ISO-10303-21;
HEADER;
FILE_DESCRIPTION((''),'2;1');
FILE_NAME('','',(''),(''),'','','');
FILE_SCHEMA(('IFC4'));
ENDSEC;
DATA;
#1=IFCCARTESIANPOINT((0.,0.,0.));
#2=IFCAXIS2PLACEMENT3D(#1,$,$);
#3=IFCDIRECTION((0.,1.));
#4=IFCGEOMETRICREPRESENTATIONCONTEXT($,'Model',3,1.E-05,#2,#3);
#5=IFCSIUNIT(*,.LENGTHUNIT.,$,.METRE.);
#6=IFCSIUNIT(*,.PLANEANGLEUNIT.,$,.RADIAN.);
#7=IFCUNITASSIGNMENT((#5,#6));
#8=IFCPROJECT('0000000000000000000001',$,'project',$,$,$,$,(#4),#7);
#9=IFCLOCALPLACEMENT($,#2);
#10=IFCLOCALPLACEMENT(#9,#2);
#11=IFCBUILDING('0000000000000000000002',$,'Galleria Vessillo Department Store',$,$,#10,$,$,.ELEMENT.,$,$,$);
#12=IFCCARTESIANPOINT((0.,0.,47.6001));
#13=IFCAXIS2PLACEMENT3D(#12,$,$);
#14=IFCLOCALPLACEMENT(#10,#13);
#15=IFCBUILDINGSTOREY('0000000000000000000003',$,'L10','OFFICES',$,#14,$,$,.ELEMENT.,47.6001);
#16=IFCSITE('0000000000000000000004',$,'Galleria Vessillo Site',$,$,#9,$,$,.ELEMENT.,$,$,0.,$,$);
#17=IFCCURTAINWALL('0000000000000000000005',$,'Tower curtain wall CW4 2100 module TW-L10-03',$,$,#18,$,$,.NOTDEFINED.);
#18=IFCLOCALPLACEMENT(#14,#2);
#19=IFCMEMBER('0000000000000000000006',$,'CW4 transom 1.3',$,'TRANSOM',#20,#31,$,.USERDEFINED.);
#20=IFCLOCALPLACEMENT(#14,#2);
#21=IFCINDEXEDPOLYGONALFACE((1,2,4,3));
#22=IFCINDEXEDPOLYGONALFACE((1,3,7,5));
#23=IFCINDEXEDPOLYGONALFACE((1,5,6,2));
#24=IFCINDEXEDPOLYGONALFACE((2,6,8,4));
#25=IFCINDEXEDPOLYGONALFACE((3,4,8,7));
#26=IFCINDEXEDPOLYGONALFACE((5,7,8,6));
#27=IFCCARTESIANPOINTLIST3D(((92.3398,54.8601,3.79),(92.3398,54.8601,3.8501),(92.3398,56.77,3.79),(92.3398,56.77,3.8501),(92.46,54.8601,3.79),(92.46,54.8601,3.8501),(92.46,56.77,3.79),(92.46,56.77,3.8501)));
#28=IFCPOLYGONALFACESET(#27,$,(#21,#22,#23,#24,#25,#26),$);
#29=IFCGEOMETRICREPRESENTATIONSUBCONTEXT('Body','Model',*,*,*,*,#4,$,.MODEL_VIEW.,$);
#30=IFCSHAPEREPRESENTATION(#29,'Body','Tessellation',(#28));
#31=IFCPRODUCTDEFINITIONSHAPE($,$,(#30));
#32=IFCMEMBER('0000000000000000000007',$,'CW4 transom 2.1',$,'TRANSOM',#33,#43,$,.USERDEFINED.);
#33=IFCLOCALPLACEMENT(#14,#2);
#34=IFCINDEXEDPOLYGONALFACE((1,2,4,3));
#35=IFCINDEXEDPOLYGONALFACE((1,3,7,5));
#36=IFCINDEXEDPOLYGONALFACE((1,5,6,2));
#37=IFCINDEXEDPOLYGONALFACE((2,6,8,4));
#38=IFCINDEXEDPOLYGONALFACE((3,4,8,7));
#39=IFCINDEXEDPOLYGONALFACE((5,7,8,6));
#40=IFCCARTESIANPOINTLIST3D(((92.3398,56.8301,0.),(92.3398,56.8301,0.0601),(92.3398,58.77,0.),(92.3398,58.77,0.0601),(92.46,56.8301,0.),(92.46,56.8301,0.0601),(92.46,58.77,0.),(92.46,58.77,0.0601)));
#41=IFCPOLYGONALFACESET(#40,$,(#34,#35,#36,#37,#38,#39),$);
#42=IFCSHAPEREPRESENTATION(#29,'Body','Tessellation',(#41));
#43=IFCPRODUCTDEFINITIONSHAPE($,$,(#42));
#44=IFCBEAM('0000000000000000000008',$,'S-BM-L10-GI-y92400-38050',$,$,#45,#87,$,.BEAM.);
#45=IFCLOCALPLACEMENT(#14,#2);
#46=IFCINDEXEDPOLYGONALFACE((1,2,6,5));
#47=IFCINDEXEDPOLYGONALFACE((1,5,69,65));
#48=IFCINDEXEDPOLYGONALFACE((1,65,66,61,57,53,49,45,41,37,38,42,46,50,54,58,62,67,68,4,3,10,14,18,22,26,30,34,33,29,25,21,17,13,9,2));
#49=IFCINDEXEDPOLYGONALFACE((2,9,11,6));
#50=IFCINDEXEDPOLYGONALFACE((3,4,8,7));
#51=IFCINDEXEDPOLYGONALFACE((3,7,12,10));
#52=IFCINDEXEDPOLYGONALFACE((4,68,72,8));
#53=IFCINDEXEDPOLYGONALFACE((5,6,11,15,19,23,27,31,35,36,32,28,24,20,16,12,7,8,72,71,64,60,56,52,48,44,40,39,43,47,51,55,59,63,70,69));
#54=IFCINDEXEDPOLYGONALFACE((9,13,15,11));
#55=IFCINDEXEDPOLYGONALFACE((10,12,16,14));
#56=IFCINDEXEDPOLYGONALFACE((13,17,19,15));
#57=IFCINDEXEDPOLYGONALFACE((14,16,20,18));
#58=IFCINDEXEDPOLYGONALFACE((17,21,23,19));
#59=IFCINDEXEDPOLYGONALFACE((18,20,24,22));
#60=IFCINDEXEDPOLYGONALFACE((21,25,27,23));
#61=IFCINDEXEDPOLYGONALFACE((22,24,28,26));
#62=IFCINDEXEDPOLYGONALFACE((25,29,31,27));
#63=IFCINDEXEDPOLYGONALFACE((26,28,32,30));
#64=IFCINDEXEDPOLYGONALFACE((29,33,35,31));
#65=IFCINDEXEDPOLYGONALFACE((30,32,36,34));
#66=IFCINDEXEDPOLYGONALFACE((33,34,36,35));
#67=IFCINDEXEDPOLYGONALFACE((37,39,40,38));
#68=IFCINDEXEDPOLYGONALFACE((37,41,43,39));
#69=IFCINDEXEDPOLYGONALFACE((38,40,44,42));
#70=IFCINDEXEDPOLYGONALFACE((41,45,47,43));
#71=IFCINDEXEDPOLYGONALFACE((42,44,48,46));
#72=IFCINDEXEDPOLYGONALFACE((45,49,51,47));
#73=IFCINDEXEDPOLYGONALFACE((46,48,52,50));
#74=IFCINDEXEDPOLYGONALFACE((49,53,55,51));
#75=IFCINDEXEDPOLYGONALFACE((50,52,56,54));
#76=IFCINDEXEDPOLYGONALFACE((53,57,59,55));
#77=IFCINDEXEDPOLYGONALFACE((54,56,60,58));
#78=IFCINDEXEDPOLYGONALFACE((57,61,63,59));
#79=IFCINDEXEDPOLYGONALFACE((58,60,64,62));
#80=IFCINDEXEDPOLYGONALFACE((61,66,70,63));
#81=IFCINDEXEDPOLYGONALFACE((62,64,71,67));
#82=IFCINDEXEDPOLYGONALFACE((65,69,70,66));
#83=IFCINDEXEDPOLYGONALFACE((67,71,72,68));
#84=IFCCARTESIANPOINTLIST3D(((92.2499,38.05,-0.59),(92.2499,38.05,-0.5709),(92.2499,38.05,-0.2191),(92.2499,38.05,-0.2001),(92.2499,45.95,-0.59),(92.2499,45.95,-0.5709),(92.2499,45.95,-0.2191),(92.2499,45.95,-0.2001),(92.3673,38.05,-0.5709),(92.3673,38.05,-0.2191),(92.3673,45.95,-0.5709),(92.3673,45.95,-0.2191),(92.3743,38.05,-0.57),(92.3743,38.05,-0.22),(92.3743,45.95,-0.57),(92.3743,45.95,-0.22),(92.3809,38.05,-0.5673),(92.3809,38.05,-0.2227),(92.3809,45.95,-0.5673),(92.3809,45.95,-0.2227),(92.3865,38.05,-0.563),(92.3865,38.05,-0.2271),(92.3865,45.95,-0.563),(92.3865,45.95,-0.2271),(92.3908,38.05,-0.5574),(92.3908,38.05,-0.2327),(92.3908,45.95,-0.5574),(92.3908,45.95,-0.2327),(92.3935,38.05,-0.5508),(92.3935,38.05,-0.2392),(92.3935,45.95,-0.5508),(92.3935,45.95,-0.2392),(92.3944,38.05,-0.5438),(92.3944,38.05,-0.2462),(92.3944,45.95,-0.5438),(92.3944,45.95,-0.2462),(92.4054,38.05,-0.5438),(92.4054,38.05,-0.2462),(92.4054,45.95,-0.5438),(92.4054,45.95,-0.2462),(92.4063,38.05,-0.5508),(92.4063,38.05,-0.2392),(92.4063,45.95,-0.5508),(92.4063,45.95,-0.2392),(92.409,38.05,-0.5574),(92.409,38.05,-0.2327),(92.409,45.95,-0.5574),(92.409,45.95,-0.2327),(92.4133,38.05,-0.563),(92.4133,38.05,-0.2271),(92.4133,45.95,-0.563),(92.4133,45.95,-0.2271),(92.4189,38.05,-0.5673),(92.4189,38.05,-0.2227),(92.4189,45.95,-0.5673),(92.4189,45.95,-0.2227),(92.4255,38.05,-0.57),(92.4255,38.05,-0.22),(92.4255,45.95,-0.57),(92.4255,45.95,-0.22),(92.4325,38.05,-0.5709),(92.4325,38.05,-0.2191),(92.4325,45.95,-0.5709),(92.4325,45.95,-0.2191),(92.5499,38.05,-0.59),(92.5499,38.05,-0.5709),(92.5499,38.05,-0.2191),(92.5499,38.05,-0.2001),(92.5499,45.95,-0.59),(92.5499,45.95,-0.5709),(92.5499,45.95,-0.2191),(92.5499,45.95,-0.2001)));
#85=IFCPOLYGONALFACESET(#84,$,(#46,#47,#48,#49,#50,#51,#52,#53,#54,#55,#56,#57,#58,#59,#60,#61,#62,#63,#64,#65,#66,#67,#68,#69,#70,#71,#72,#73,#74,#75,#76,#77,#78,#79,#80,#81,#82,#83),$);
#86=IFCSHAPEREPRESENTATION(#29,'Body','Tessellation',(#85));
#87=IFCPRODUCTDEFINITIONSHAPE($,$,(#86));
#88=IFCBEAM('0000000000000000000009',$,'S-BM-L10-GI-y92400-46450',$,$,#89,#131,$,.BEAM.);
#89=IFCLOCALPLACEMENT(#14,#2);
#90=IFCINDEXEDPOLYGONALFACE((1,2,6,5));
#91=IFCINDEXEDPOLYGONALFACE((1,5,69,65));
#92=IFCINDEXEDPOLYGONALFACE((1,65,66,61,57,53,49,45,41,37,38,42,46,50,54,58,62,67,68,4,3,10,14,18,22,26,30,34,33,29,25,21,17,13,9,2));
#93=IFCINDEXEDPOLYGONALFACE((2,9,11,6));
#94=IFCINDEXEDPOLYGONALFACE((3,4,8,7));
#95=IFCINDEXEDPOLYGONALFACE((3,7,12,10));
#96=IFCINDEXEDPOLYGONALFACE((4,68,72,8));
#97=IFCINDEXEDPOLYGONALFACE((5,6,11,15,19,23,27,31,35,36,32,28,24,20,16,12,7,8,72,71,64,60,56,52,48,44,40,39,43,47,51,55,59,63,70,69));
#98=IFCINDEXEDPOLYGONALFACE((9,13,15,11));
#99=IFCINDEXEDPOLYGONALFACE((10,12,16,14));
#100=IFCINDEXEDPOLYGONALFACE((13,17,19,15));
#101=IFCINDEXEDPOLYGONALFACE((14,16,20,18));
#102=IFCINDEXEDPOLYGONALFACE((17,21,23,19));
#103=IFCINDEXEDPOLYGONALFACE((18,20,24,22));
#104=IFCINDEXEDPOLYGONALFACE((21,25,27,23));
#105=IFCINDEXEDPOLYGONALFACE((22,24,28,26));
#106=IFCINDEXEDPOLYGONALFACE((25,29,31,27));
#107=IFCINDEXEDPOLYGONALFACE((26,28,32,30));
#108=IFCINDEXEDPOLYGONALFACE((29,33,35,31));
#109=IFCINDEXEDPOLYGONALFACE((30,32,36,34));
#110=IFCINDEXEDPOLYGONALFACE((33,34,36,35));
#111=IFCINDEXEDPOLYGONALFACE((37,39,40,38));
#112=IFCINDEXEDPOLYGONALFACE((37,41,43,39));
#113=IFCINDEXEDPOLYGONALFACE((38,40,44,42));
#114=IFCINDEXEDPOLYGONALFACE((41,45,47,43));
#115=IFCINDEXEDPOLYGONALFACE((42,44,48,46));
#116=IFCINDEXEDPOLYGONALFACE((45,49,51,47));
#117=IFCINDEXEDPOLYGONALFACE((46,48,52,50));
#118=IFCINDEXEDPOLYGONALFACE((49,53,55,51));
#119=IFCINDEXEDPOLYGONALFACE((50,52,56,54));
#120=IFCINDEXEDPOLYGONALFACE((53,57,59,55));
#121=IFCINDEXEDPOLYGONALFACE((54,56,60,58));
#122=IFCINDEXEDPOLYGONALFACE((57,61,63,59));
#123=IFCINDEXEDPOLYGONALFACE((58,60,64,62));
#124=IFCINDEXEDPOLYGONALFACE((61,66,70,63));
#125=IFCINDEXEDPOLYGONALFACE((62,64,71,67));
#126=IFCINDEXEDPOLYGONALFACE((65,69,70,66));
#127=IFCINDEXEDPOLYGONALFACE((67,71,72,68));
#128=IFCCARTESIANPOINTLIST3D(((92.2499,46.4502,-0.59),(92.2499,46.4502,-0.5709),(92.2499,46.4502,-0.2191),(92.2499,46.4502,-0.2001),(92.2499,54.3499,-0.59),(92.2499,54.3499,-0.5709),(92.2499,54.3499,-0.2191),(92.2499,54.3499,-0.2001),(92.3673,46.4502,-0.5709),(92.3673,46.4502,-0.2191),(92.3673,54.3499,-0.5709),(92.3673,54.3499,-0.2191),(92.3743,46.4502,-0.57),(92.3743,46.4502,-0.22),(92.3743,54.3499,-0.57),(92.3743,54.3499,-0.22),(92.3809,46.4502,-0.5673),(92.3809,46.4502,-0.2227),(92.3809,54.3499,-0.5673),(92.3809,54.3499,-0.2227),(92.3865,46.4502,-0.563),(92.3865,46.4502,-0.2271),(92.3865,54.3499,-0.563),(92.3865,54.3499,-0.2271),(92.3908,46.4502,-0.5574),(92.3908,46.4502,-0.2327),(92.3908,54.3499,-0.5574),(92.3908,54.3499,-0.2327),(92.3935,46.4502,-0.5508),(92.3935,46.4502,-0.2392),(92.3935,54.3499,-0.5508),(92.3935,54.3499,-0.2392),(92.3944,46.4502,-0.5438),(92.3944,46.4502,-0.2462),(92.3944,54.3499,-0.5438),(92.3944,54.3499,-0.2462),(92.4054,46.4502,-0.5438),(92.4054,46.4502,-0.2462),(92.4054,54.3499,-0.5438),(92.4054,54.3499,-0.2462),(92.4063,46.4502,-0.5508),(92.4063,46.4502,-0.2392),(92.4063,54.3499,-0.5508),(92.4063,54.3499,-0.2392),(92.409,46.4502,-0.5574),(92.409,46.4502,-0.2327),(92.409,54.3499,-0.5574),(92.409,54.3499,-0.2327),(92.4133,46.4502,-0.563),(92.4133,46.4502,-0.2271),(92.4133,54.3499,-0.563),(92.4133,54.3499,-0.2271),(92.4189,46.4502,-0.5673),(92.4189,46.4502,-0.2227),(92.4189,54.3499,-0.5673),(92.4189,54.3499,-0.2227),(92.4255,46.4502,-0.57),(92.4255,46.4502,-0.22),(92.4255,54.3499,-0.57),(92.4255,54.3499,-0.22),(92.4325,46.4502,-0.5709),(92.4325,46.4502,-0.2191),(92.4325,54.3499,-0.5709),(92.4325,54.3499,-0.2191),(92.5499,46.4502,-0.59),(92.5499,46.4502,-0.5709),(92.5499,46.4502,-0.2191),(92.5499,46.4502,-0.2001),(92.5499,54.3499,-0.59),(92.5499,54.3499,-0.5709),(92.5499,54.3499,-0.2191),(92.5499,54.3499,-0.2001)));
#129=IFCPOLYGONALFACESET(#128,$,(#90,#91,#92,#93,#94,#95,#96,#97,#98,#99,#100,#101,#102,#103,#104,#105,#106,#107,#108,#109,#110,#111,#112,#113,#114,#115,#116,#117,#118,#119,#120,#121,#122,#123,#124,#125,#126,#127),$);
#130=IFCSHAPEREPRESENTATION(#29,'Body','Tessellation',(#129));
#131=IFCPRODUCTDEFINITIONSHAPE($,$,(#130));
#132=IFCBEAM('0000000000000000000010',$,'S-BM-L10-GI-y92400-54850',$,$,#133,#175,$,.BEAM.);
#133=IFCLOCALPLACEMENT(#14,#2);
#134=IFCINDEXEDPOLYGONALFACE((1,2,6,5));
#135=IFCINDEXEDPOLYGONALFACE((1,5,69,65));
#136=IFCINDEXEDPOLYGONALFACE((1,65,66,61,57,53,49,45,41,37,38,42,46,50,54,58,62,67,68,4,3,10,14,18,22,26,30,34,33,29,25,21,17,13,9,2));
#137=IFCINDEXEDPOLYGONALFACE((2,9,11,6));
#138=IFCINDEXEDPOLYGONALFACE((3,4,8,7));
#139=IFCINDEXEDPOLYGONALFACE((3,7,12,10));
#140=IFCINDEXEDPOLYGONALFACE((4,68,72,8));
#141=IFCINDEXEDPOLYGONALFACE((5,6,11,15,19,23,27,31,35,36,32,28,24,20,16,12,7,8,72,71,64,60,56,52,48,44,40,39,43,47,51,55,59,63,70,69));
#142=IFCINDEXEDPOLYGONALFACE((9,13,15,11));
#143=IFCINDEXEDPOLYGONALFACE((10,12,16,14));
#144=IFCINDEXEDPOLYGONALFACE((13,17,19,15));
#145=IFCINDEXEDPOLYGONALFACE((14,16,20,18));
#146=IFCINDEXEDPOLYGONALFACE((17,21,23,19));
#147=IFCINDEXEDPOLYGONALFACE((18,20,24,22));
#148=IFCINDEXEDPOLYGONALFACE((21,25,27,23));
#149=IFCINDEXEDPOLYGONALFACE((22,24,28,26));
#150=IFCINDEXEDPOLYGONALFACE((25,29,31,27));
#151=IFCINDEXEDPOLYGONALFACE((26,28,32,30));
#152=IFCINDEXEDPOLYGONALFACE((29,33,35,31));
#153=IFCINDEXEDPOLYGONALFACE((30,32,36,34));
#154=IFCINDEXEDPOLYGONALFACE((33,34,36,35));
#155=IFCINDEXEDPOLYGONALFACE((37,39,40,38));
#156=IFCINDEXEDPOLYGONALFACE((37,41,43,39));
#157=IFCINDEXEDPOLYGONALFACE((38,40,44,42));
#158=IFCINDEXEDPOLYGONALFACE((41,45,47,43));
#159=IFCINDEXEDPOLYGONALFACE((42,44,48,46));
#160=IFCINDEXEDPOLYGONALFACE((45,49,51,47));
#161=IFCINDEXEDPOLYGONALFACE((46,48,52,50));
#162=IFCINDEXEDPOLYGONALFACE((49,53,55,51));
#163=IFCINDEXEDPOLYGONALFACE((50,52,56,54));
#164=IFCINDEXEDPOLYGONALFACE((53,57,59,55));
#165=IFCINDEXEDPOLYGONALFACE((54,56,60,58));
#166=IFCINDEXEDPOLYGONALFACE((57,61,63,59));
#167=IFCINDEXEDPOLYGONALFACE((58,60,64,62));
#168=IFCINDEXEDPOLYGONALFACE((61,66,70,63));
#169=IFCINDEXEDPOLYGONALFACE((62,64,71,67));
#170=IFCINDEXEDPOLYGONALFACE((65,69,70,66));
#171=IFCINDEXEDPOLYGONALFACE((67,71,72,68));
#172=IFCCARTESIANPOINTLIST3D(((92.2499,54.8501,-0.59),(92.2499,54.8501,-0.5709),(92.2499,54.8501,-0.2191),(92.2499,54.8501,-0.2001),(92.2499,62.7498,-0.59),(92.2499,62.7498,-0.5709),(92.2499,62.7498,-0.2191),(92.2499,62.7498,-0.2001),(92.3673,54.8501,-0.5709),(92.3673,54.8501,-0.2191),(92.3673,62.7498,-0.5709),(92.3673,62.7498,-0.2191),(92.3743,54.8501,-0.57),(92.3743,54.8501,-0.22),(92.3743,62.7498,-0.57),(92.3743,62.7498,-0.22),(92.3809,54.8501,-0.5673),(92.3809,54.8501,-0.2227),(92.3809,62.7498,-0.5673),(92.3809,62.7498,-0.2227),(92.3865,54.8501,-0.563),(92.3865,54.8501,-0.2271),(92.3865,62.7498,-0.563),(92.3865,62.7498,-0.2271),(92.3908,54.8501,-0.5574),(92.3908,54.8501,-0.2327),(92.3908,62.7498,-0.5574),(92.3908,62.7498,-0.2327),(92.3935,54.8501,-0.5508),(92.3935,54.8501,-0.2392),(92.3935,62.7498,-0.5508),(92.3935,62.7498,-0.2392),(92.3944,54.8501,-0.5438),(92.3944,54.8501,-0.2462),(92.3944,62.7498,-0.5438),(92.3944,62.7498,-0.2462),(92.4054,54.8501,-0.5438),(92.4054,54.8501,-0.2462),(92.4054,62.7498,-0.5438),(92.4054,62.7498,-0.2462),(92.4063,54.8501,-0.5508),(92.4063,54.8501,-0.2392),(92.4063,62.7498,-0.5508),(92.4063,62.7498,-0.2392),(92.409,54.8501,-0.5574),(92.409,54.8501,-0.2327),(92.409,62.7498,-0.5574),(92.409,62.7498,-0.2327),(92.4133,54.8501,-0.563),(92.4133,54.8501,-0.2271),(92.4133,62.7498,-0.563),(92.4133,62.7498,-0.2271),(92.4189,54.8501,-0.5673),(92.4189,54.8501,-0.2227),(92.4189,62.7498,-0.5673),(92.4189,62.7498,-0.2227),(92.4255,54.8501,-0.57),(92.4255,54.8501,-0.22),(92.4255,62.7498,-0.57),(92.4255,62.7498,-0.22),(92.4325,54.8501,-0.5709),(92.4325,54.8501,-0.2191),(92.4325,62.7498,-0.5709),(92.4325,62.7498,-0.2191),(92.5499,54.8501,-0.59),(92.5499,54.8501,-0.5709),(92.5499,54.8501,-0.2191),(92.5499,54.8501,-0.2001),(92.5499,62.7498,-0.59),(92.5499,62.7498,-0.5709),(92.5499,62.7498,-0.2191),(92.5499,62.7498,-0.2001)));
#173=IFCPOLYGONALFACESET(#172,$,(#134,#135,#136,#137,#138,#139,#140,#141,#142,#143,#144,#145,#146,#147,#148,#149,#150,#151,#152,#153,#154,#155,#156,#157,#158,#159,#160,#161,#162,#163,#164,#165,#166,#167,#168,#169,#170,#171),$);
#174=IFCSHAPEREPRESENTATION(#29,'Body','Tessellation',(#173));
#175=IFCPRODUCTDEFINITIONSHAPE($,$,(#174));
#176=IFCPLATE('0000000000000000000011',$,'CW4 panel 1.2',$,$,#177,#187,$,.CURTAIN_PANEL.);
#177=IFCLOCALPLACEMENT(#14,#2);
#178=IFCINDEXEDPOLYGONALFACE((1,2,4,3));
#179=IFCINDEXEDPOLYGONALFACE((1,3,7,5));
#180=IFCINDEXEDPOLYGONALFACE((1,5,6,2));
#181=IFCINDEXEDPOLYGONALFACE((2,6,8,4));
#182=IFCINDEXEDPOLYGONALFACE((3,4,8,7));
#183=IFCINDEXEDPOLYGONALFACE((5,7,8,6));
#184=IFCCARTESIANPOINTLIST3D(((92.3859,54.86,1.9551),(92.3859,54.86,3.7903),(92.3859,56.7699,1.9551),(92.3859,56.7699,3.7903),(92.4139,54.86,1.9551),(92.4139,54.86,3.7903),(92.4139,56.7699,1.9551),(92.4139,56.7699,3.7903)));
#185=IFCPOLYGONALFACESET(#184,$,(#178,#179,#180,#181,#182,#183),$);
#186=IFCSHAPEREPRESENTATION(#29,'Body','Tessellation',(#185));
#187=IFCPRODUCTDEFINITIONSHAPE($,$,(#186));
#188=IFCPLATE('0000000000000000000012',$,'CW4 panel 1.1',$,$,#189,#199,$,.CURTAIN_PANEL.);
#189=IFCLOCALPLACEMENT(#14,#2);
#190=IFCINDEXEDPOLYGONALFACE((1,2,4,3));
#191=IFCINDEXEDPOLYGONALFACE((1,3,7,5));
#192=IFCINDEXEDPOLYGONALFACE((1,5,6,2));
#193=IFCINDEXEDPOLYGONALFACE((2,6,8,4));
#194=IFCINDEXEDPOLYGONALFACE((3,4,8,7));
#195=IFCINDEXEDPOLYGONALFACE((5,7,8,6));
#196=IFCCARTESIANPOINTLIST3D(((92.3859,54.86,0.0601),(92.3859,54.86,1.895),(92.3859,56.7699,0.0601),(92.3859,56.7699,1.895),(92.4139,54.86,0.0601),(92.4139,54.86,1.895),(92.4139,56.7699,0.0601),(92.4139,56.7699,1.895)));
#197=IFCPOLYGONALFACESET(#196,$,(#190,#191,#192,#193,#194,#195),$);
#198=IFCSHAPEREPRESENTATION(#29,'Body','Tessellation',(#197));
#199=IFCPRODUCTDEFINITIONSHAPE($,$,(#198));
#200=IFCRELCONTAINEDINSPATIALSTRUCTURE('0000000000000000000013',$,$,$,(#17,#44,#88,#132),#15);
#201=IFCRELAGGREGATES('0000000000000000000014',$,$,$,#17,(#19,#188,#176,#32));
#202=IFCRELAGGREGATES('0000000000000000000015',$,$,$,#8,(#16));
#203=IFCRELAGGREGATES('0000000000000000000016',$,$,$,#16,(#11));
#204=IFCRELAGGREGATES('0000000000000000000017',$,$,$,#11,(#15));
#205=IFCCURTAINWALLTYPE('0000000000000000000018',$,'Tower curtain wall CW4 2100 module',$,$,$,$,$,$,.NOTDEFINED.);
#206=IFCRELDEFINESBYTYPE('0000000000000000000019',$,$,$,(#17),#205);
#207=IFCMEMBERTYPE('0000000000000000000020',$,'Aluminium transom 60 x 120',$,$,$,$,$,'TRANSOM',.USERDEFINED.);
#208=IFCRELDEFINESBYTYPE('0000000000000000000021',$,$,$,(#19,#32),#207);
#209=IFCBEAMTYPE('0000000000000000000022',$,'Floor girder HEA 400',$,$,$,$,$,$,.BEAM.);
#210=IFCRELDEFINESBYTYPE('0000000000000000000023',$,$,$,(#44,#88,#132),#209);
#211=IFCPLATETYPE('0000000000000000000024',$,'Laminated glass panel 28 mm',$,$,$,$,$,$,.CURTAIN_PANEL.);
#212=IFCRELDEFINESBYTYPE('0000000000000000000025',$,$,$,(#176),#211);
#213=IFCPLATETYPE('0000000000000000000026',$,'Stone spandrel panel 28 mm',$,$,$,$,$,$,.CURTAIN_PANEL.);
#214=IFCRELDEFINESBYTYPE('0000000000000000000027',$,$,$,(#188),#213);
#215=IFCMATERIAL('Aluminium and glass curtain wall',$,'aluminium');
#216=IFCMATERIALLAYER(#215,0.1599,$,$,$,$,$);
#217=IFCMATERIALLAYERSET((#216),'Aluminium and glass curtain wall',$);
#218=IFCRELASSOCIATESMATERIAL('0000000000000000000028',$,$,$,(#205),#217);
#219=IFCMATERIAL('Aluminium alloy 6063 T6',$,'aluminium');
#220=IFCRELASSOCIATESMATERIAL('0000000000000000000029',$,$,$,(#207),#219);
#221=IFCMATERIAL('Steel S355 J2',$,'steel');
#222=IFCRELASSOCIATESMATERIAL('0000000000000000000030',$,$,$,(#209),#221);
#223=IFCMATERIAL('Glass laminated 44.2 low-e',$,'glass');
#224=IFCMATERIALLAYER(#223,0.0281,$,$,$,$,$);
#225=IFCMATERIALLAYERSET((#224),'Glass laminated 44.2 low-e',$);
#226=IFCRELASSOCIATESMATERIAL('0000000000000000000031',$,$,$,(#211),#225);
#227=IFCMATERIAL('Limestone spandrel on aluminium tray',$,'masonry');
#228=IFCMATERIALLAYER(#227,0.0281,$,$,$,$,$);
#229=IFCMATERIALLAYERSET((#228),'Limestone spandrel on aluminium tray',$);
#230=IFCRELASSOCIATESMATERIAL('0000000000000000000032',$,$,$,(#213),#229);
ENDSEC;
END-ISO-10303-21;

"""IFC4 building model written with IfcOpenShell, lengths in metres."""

from ifc_helpers import new_model, si_unit, direction, frame, origin, origin_2d, place, context, subcontext, project, spatial, rectangle, i_section, extrude, material, layer, layer_set, material_profile, profile_set, type_object, element, aggregate, save


model = new_model("IFC4")

# Units and contexts
model_context = context("Model", 3, precision=1e-05, world=origin(), true_north=direction((0.0, 1.0)))
body_context = subcontext(model_context, "Body", "Model", "MODEL_VIEW")
ifc_project = project(units=[si_unit("LENGTHUNIT", "METRE"), si_unit("PLANEANGLEUNIT", "RADIAN")], contexts=[model_context])

# Site, building, storey
site_placement = place(None, origin())
site = spatial("IfcSite", under=ifc_project, at=site_placement, Name="Galleria Vessillo Site", CompositionType="ELEMENT", RefElevation=0.0)
building_placement = place(site_placement, origin())
building = spatial("IfcBuilding", under=site, at=building_placement, Name="Galleria Vessillo Department Store", CompositionType="ELEMENT")
storey_placement = place(building_placement, frame((0.0, 0.0, 47.6001)))
storey = spatial("IfcBuildingStorey", under=building, at=storey_placement, Name="L10", Description="OFFICES", CompositionType="ELEMENT", Elevation=47.6001)

# Curtain wall, members
ifc_material_1 = material(Name="Aluminium and glass curtain wall", Category="aluminium")
ifc_layer_1 = layer(ifc_material_1, 0.1599)
ifc_layer_set_1 = layer_set([ifc_layer_1], Name="Aluminium and glass curtain wall")
curtain_wall_type = type_object("IfcCurtainWallType", Name="Tower curtain wall CW4 2100 module", PredefinedType="NOTDEFINED", material=ifc_layer_set_1)
curtain_wall_placement = place(storey_placement, origin())
curtain_wall = element("IfcCurtainWall", 1, at=curtain_wall_placement, inside=storey, type_object=curtain_wall_type, Name="Tower curtain wall CW4 2100 module TW-L10-03", PredefinedType="NOTDEFINED")
ifc_material_2 = material(Name="Aluminium alloy 6063 T6", Category="aluminium")
ifc_material_profile_1 = material_profile(ifc_material_2, rectangle(XDim=0.1201, YDim=0.0601, at=origin_2d()), Name="AL 60x120")
ifc_profile_set_1 = profile_set([ifc_material_profile_1], Name="Aluminium alloy 6063 T6")
member_type_1 = type_object("IfcMemberType", Name="Aluminium transom 60 x 120", ElementType="TRANSOM", PredefinedType="USERDEFINED", material=ifc_profile_set_1)
member_1_placement = place(storey_placement, frame((92.3999, 54.8601, 3.8201), z_axis=(0.0, 1.0, 0.0), x_axis=(-1.0, 0.0, 0.0)))
member_1 = element("IfcMember", 2, at=member_1_placement, type_object=member_type_1, Name="CW4 transom 1.3", ObjectType="TRANSOM", PredefinedType="USERDEFINED", context=body_context, shape_type="SweptSolid", body=[
    extrude(rectangle(XDim=0.1201, YDim=0.0601, at=origin_2d()), origin(), (0.0, 0.0, 1.0), 1.9099),
])
member_2_placement = place(storey_placement, frame((92.3999, 56.8301, 0.03), z_axis=(0.0, 1.0, 0.0), x_axis=(-1.0, 0.0, 0.0)))
member_2 = element("IfcMember", 3, at=member_2_placement, type_object=member_type_1, Name="CW4 transom 2.1", ObjectType="TRANSOM", PredefinedType="USERDEFINED", context=body_context, shape_type="SweptSolid", body=[
    extrude(rectangle(XDim=0.1201, YDim=0.0601, at=origin_2d()), origin(), (0.0, 0.0, 1.0), 1.9399),
])

# Beams
ifc_material_3 = material(Name="Steel S355 J2", Category="steel")
ifc_material_profile_2 = material_profile(ifc_material_3, i_section(OverallWidth=0.3, OverallDepth=0.3899, WebThickness=0.011, FlangeThickness=0.019, FilletRadius=0.0271, at=origin_2d()), Name="HEA 400")
ifc_profile_set_2 = profile_set([ifc_material_profile_2], Name="Steel S355 J2")
beam_type = type_object("IfcBeamType", Name="Floor girder HEA 400", PredefinedType="BEAM", material=ifc_profile_set_2)
beam_placement = place(storey_placement, frame((92.3999, 38.05, -0.395), z_axis=(0.0, 1.0, 0.0), x_axis=(-1.0, 0.0, 0.0)))
element("IfcBeam", 4, at=beam_placement, inside=storey, type_object=beam_type, Name="S-BM-L10-GI-y92400-38050", PredefinedType="BEAM", context=body_context, shape_type="SweptSolid", body=[
    extrude(i_section(OverallWidth=0.3, OverallDepth=0.3899, WebThickness=0.011, FlangeThickness=0.019, FilletRadius=0.0271, at=origin_2d()), origin(), (0.0, 0.0, 1.0), 7.8999),
])
for number, where, z_axis, x_axis, name in (
    (5, (92.3999, 46.4502, -0.395), (0.0, 1.0, 0.0), (-1.0, 0.0, 0.0), "S-BM-L10-GI-y92400-46450"),
    (6, (92.3999, 54.8501, -0.395), (0.0, 1.0, 0.0), (-1.0, 0.0, 0.0), "S-BM-L10-GI-y92400-54850"),
):
    element("IfcBeam", number, at=place(storey_placement, frame(where, z_axis=z_axis, x_axis=x_axis)), inside=storey, type_object=beam_type, Name=name, PredefinedType="BEAM", context=body_context, shape_type="SweptSolid", body=[
        extrude(i_section(OverallWidth=0.3, OverallDepth=0.3899, WebThickness=0.011, FlangeThickness=0.019, FilletRadius=0.0271, at=origin_2d()), origin(), (0.0, 0.0, 1.0), 7.8997),
    ])

# Plates
ifc_material_4 = material(Name="Glass laminated 44.2 low-e", Category="glass")
ifc_layer_2 = layer(ifc_material_4, 0.0281)
ifc_layer_set_2 = layer_set([ifc_layer_2], Name="Glass laminated 44.2 low-e")
plate_type_1 = type_object("IfcPlateType", Name="Laminated glass panel 28 mm", PredefinedType="CURTAIN_PANEL", material=ifc_layer_set_2)
plate_1_placement = place(storey_placement, frame((92.3999, 55.8149, 1.9551), z_axis=(0.0, 0.0, 1.0), x_axis=(0.0, 1.0, 0.0)))
plate_1 = element("IfcPlate", 7, at=plate_1_placement, type_object=plate_type_1, Name="CW4 panel 1.2", PredefinedType="CURTAIN_PANEL", context=body_context, shape_type="SweptSolid", body=[
    extrude(rectangle(XDim=1.9099, YDim=0.0281, at=origin_2d()), origin(), (0.0, 0.0, 1.0), 1.8352),
])
ifc_material_5 = material(Name="Limestone spandrel on aluminium tray", Category="masonry")
ifc_layer_3 = layer(ifc_material_5, 0.0281)
ifc_layer_set_3 = layer_set([ifc_layer_3], Name="Limestone spandrel on aluminium tray")
plate_type_2 = type_object("IfcPlateType", Name="Stone spandrel panel 28 mm", PredefinedType="CURTAIN_PANEL", material=ifc_layer_set_3)
plate_2_placement = place(storey_placement, frame((92.3999, 55.8149, 0.0601), z_axis=(0.0, 0.0, 1.0), x_axis=(0.0, 1.0, 0.0)))
plate_2 = element("IfcPlate", 8, at=plate_2_placement, type_object=plate_type_2, Name="CW4 panel 1.1", PredefinedType="CURTAIN_PANEL", context=body_context, shape_type="SweptSolid", body=[
    extrude(rectangle(XDim=1.9099, YDim=0.0281, at=origin_2d()), origin(), (0.0, 0.0, 1.0), 1.835),
])
aggregate(curtain_wall, [member_1, plate_2, plate_1, member_2])

save(model, "model.ifc")
